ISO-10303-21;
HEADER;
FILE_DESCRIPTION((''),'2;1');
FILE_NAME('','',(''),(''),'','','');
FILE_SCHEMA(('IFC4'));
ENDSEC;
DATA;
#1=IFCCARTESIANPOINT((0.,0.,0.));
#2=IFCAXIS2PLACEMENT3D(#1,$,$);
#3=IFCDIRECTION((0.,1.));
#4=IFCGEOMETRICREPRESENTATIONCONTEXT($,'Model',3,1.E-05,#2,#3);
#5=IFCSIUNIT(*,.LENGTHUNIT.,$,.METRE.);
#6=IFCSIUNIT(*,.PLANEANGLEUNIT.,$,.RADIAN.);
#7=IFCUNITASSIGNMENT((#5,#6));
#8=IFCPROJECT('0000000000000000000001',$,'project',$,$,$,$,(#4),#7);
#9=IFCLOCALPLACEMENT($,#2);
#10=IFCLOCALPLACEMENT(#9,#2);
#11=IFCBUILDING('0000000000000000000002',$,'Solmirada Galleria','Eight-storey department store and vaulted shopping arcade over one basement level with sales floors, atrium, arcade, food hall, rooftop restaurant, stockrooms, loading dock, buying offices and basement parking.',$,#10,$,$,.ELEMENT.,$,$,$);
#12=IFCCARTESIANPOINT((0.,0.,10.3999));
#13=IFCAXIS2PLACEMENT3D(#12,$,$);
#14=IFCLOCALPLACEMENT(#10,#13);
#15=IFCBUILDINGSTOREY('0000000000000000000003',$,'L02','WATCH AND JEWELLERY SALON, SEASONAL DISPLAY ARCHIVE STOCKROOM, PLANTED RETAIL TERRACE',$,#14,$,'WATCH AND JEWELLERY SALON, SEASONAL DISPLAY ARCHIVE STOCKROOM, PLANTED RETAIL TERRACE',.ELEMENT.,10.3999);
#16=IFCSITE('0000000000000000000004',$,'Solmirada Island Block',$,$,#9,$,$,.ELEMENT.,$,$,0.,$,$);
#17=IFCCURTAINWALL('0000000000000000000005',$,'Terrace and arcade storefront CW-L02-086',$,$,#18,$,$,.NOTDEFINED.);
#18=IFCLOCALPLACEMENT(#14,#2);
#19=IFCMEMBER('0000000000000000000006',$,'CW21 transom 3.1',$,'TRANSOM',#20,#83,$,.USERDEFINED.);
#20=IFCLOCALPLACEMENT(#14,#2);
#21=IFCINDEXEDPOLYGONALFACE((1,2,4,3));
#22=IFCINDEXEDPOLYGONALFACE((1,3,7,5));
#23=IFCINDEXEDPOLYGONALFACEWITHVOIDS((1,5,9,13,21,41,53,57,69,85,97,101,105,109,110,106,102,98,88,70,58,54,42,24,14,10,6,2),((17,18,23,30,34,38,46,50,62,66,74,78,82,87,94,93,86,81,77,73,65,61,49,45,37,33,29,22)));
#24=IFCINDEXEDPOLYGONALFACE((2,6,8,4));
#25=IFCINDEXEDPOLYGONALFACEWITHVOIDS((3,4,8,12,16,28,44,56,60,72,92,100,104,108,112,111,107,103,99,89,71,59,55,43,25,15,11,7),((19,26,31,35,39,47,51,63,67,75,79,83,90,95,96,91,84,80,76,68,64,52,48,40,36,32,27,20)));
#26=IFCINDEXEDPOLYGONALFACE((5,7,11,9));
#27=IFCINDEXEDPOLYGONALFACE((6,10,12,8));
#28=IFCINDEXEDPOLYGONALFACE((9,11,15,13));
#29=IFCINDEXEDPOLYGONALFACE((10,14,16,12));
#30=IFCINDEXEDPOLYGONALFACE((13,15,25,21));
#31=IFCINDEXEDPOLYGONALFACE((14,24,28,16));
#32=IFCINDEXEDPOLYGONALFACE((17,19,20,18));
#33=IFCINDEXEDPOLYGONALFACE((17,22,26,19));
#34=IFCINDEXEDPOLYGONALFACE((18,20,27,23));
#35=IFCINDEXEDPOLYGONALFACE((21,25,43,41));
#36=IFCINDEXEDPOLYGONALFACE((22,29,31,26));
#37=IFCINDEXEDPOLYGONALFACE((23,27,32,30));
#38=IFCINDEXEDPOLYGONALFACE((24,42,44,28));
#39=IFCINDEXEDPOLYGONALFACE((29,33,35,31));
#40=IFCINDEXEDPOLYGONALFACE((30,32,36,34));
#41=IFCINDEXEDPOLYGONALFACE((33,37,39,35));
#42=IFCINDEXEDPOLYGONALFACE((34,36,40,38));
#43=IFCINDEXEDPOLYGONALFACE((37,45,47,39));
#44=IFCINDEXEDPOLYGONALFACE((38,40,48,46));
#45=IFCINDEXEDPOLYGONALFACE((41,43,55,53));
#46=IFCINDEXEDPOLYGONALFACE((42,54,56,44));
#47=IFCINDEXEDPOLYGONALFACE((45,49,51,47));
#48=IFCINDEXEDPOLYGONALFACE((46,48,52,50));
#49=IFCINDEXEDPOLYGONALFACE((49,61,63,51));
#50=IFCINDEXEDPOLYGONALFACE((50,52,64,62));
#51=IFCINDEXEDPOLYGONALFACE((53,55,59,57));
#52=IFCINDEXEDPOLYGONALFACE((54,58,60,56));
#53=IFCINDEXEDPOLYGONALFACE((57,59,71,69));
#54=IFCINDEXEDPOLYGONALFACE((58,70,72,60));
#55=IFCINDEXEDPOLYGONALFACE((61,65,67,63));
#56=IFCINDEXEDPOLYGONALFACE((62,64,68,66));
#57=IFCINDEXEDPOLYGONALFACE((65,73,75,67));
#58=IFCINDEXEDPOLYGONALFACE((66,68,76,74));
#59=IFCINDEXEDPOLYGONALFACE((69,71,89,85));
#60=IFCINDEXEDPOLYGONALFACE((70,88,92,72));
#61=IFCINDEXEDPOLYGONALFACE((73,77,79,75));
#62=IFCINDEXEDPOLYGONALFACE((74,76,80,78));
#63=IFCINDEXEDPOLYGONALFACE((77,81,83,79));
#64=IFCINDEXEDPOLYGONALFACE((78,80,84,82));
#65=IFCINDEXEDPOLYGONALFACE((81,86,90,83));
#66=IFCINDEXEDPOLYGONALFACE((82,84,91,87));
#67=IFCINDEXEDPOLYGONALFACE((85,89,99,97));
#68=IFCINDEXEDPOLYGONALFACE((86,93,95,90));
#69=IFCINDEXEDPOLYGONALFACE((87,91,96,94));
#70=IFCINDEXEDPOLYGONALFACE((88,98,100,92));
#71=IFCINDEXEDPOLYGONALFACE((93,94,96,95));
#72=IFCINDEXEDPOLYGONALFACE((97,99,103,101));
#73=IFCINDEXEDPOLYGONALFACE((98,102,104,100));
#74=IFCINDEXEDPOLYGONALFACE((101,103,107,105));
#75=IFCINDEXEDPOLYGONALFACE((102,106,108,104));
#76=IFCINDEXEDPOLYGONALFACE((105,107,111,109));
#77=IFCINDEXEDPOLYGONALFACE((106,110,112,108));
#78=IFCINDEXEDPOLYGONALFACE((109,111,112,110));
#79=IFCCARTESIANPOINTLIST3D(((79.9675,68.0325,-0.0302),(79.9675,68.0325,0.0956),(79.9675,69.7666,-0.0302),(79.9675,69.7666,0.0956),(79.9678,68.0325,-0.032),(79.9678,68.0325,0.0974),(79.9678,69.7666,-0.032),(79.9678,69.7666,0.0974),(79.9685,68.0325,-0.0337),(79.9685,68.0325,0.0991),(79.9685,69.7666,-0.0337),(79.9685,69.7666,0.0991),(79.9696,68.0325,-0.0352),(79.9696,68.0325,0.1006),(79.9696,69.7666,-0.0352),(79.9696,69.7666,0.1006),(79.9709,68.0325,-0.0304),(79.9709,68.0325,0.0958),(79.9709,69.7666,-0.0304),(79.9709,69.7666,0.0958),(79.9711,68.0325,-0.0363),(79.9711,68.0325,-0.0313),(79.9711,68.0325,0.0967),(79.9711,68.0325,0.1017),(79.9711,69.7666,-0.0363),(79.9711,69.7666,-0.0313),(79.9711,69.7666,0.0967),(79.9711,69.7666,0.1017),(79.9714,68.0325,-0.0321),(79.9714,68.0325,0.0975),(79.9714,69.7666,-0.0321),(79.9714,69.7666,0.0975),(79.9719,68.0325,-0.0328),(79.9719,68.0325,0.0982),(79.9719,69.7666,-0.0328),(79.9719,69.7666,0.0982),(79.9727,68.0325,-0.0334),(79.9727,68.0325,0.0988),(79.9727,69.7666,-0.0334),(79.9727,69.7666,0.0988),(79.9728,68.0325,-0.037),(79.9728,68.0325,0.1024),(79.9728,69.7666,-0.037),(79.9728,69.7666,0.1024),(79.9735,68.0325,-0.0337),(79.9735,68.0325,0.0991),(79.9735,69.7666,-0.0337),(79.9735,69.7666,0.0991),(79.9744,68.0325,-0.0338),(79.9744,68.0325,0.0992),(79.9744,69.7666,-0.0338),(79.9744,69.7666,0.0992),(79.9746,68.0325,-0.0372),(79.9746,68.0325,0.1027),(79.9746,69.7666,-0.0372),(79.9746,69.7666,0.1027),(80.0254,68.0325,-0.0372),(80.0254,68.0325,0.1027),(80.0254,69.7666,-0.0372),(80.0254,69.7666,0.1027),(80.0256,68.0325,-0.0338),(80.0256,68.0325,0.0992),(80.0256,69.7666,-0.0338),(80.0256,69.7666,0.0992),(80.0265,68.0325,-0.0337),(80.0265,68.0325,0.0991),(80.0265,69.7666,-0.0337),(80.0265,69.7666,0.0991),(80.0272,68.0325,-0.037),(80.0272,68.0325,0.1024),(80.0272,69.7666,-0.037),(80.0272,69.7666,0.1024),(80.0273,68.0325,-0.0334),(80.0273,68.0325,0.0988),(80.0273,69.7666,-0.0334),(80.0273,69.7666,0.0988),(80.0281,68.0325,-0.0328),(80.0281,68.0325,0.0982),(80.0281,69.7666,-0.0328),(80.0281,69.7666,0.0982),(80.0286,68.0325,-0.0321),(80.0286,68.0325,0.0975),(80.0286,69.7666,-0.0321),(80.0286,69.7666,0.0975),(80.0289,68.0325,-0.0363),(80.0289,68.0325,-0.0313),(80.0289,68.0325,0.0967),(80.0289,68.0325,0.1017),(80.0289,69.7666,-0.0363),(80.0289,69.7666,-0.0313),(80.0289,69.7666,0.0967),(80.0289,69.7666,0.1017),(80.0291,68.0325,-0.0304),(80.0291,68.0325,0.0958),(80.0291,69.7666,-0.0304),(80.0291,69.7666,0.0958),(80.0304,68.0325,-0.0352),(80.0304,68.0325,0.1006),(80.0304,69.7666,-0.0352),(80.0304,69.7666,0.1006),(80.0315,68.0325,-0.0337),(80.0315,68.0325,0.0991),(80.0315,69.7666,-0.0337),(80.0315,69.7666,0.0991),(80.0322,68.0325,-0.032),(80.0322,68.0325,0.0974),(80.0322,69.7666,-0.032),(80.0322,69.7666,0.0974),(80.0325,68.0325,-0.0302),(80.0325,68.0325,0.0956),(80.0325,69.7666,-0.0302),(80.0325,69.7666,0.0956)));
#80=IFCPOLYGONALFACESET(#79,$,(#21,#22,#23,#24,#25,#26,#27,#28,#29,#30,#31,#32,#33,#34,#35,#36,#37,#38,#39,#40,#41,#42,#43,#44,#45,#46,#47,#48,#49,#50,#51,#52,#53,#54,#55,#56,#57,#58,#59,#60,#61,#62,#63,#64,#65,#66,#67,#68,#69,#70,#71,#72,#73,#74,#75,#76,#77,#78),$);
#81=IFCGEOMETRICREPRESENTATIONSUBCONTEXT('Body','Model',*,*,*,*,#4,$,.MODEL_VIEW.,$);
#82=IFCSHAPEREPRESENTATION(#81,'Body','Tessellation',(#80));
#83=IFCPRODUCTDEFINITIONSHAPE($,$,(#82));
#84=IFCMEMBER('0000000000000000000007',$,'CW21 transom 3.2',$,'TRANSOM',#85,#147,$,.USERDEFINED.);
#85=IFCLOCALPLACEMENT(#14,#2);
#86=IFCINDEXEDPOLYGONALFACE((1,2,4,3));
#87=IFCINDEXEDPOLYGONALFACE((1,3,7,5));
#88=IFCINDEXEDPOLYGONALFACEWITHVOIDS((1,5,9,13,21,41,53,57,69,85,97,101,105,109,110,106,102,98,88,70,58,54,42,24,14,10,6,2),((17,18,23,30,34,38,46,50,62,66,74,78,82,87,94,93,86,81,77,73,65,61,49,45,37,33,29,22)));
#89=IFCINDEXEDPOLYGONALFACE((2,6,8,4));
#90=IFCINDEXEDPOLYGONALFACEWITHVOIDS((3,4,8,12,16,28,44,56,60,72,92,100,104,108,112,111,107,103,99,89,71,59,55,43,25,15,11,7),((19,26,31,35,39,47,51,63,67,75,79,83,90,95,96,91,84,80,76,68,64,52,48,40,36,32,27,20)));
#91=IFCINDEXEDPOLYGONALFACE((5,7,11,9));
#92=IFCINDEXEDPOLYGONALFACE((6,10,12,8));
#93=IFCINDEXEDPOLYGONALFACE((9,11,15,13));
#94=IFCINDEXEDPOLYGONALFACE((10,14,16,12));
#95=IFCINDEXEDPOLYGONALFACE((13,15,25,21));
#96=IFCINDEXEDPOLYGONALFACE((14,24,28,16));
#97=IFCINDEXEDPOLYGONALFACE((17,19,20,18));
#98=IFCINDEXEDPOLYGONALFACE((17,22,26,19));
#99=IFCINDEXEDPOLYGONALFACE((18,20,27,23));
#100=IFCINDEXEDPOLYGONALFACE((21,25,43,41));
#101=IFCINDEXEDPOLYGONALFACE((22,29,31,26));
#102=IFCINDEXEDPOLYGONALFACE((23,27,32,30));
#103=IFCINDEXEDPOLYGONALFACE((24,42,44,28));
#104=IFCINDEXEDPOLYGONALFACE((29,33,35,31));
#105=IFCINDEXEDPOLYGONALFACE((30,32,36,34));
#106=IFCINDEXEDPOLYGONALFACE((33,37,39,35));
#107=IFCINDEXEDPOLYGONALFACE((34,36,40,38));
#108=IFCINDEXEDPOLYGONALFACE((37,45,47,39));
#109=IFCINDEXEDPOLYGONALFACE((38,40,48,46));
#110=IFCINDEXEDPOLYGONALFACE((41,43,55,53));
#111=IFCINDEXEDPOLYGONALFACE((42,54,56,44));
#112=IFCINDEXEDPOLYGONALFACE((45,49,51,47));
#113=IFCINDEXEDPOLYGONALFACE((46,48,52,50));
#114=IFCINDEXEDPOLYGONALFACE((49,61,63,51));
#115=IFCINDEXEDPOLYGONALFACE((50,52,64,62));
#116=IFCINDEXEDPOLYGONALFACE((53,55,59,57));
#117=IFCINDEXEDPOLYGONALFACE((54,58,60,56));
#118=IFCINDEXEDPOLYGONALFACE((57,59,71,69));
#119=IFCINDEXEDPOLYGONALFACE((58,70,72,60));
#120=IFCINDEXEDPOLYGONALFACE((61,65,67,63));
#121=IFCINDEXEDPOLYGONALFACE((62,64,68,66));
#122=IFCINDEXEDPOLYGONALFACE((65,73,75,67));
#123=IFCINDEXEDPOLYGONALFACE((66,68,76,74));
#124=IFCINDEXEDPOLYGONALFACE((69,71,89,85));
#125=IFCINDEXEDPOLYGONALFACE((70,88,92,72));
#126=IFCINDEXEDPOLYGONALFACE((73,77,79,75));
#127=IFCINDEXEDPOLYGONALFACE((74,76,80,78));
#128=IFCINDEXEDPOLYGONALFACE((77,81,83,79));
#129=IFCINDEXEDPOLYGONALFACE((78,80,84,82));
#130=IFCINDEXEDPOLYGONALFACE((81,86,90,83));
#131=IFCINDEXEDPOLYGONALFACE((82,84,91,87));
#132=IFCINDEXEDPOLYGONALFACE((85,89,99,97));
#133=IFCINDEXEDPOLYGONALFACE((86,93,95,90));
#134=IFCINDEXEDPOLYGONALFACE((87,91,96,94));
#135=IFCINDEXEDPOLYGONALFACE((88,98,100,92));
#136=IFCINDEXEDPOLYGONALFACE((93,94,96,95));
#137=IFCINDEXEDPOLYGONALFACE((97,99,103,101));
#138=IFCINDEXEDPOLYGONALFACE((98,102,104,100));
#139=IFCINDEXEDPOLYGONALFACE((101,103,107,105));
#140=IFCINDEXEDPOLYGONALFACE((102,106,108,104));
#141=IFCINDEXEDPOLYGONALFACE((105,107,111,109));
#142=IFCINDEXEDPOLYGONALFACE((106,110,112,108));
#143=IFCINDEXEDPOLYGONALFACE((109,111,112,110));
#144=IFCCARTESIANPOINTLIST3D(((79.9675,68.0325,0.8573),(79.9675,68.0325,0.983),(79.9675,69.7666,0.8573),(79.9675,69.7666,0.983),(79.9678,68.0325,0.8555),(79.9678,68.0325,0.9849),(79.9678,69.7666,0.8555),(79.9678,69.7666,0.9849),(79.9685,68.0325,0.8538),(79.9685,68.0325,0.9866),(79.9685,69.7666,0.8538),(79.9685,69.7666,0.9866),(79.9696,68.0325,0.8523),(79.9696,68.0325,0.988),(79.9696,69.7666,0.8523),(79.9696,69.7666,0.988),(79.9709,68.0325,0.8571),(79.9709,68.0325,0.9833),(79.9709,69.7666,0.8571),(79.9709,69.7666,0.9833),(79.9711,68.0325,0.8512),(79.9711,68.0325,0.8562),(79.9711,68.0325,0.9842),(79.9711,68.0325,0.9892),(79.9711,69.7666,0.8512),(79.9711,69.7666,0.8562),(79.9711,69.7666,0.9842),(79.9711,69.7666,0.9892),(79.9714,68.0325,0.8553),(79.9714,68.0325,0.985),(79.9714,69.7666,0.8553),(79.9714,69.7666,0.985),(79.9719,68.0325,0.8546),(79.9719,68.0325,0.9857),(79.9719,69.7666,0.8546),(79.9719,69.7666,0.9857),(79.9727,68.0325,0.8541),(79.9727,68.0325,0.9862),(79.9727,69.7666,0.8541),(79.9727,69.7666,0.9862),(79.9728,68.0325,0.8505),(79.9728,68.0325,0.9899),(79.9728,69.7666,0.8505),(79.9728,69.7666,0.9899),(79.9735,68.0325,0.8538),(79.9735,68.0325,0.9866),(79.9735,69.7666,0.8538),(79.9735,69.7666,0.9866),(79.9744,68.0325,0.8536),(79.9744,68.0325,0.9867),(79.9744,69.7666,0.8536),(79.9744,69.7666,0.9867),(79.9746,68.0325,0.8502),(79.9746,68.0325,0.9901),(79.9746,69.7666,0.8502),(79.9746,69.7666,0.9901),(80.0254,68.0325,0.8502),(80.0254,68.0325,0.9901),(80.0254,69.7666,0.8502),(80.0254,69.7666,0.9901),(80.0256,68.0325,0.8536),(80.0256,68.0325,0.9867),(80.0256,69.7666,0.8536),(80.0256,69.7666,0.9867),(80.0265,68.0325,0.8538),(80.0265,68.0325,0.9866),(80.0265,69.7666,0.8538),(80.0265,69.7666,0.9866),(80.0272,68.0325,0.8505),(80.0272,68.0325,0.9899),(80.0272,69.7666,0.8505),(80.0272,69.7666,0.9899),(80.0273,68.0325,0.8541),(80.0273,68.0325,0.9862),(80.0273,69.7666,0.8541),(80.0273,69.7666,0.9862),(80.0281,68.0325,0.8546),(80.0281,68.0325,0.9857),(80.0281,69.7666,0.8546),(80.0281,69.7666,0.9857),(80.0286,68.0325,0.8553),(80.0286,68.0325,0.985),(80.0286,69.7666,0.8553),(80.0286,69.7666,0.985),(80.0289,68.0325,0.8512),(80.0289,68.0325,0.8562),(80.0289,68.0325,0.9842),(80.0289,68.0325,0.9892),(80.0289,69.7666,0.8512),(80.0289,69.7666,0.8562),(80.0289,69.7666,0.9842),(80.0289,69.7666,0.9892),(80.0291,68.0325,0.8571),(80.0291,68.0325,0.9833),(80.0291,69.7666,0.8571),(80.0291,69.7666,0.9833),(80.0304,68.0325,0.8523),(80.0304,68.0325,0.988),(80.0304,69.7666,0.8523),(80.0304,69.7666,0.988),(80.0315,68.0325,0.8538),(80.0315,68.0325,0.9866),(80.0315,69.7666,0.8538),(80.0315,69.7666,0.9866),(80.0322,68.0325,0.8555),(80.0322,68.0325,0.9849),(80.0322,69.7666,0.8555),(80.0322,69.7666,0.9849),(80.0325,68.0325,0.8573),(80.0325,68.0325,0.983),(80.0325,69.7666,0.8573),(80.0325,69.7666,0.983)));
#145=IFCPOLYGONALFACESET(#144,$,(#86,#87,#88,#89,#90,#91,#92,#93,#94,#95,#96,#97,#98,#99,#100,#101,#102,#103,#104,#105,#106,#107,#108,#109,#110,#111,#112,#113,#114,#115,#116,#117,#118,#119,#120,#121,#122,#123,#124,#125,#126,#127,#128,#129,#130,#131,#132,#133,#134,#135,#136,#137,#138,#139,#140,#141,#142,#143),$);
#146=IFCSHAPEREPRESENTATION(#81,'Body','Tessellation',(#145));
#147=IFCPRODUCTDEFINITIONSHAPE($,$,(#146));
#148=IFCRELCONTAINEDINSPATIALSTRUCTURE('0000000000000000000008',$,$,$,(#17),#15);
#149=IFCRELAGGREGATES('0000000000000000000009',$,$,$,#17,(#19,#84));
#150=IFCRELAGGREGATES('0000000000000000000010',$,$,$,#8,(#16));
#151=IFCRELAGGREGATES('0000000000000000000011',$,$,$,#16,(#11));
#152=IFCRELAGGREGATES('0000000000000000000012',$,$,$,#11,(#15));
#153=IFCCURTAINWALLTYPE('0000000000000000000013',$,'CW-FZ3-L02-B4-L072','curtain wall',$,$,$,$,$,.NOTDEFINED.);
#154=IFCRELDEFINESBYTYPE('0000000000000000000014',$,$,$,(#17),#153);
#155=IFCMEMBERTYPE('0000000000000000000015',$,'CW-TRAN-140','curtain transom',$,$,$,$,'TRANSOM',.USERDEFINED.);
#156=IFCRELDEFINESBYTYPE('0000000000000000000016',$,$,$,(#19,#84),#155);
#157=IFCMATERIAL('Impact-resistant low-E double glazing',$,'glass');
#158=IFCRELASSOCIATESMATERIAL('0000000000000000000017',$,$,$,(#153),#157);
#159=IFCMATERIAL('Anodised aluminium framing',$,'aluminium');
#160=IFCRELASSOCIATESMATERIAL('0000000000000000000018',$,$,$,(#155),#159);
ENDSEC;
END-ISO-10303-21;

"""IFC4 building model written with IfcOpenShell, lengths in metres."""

from ifc_helpers import new_model, si_unit, direction, frame, origin, origin_2d, place, context, subcontext, project, spatial, hollow_rectangle, extrude, material, material_profile, profile_set, type_object, element, aggregate, save


model = new_model("IFC4")

# Units and contexts
model_context = context("Model", 3, precision=1e-05, world=origin(), true_north=direction((0.0, 1.0)))
body_context = subcontext(model_context, "Body", "Model", "MODEL_VIEW")
ifc_project = project(units=[si_unit("LENGTHUNIT", "METRE"), si_unit("PLANEANGLEUNIT", "RADIAN")], contexts=[model_context])

# Site, building, storey
site_placement = place(None, origin())
site = spatial("IfcSite", under=ifc_project, at=site_placement, Name="Solmirada Island Block", CompositionType="ELEMENT", RefElevation=0.0)
building_placement = place(site_placement, origin())
building = spatial("IfcBuilding", under=site, at=building_placement, Name="Solmirada Galleria", Description="Eight-storey department store and vaulted shopping arcade over one basement level with sales floors, atrium, arcade, food hall, rooftop restaurant, stockrooms, loading dock, buying offices and basement parking.", CompositionType="ELEMENT")
storey_placement = place(building_placement, frame((0.0, 0.0, 10.3999)))
storey = spatial("IfcBuildingStorey", under=building, at=storey_placement, Name="L02", Description="WATCH AND JEWELLERY SALON, SEASONAL DISPLAY ARCHIVE STOCKROOM, PLANTED RETAIL TERRACE", LongName="WATCH AND JEWELLERY SALON, SEASONAL DISPLAY ARCHIVE STOCKROOM, PLANTED RETAIL TERRACE", CompositionType="ELEMENT", Elevation=10.3999)

# Curtain wall
ifc_material_1 = material(Name="Impact-resistant low-E double glazing", Category="glass")
curtain_wall_type = type_object("IfcCurtainWallType", Name="CW-FZ3-L02-B4-L072", Description="curtain wall", PredefinedType="NOTDEFINED", material=ifc_material_1)
curtain_wall_1_placement = place(storey_placement, origin())
curtain_wall_1 = element("IfcCurtainWall", 1, at=curtain_wall_1_placement, inside=storey, type_object=curtain_wall_type, Name="Terrace and arcade storefront CW-L02-086", PredefinedType="NOTDEFINED")
ifc_material_2 = material(Name="Anodised aluminium framing", Category="aluminium")

# Members
ifc_material_profile_1 = material_profile(ifc_material_2, hollow_rectangle(XDim=0.0649, YDim=0.1399, WallThickness=0.0034, InnerFilletRadius=0.0034, OuterFilletRadius=0.0071, at=origin_2d()), Name="ALU-TRAN-140X65")
ifc_profile_set_1 = profile_set([ifc_material_profile_1], Name="Anodised aluminium framing")
member_type_1 = type_object("IfcMemberType", Name="CW-TRAN-140", Description="curtain transom", ElementType="TRANSOM", PredefinedType="USERDEFINED", material=ifc_profile_set_1)
member_1_placement = place(storey_placement, frame((80.0, 68.0325, 0.0327), z_axis=(0.0, 1.0, 0.0), x_axis=(-1.0, 0.0, 0.0)))
member_1 = element("IfcMember", 2, at=member_1_placement, type_object=member_type_1, Name="CW21 transom 3.1", ObjectType="TRANSOM", PredefinedType="USERDEFINED", context=body_context, shape_type="SweptSolid", body=[
    extrude(hollow_rectangle(XDim=0.0649, YDim=0.1399, WallThickness=0.0034, InnerFilletRadius=0.0034, OuterFilletRadius=0.0071, at=origin_2d()), origin(), (0.0, 0.0, 1.0), 1.7341),
])
member_2_placement = place(storey_placement, frame((80.0, 68.0325, 0.9202), z_axis=(0.0, 1.0, 0.0), x_axis=(-1.0, 0.0, 0.0)))
member_2 = element("IfcMember", 3, at=member_2_placement, type_object=member_type_1, Name="CW21 transom 3.2", ObjectType="TRANSOM", PredefinedType="USERDEFINED", context=body_context, shape_type="SweptSolid", body=[
    extrude(hollow_rectangle(XDim=0.0649, YDim=0.1399, WallThickness=0.0034, InnerFilletRadius=0.0034, OuterFilletRadius=0.0071, at=origin_2d()), origin(), (0.0, 0.0, 1.0), 1.7341),
])

aggregate(curtain_wall_1, [member_1, member_2])

save(model, "model.ifc")
